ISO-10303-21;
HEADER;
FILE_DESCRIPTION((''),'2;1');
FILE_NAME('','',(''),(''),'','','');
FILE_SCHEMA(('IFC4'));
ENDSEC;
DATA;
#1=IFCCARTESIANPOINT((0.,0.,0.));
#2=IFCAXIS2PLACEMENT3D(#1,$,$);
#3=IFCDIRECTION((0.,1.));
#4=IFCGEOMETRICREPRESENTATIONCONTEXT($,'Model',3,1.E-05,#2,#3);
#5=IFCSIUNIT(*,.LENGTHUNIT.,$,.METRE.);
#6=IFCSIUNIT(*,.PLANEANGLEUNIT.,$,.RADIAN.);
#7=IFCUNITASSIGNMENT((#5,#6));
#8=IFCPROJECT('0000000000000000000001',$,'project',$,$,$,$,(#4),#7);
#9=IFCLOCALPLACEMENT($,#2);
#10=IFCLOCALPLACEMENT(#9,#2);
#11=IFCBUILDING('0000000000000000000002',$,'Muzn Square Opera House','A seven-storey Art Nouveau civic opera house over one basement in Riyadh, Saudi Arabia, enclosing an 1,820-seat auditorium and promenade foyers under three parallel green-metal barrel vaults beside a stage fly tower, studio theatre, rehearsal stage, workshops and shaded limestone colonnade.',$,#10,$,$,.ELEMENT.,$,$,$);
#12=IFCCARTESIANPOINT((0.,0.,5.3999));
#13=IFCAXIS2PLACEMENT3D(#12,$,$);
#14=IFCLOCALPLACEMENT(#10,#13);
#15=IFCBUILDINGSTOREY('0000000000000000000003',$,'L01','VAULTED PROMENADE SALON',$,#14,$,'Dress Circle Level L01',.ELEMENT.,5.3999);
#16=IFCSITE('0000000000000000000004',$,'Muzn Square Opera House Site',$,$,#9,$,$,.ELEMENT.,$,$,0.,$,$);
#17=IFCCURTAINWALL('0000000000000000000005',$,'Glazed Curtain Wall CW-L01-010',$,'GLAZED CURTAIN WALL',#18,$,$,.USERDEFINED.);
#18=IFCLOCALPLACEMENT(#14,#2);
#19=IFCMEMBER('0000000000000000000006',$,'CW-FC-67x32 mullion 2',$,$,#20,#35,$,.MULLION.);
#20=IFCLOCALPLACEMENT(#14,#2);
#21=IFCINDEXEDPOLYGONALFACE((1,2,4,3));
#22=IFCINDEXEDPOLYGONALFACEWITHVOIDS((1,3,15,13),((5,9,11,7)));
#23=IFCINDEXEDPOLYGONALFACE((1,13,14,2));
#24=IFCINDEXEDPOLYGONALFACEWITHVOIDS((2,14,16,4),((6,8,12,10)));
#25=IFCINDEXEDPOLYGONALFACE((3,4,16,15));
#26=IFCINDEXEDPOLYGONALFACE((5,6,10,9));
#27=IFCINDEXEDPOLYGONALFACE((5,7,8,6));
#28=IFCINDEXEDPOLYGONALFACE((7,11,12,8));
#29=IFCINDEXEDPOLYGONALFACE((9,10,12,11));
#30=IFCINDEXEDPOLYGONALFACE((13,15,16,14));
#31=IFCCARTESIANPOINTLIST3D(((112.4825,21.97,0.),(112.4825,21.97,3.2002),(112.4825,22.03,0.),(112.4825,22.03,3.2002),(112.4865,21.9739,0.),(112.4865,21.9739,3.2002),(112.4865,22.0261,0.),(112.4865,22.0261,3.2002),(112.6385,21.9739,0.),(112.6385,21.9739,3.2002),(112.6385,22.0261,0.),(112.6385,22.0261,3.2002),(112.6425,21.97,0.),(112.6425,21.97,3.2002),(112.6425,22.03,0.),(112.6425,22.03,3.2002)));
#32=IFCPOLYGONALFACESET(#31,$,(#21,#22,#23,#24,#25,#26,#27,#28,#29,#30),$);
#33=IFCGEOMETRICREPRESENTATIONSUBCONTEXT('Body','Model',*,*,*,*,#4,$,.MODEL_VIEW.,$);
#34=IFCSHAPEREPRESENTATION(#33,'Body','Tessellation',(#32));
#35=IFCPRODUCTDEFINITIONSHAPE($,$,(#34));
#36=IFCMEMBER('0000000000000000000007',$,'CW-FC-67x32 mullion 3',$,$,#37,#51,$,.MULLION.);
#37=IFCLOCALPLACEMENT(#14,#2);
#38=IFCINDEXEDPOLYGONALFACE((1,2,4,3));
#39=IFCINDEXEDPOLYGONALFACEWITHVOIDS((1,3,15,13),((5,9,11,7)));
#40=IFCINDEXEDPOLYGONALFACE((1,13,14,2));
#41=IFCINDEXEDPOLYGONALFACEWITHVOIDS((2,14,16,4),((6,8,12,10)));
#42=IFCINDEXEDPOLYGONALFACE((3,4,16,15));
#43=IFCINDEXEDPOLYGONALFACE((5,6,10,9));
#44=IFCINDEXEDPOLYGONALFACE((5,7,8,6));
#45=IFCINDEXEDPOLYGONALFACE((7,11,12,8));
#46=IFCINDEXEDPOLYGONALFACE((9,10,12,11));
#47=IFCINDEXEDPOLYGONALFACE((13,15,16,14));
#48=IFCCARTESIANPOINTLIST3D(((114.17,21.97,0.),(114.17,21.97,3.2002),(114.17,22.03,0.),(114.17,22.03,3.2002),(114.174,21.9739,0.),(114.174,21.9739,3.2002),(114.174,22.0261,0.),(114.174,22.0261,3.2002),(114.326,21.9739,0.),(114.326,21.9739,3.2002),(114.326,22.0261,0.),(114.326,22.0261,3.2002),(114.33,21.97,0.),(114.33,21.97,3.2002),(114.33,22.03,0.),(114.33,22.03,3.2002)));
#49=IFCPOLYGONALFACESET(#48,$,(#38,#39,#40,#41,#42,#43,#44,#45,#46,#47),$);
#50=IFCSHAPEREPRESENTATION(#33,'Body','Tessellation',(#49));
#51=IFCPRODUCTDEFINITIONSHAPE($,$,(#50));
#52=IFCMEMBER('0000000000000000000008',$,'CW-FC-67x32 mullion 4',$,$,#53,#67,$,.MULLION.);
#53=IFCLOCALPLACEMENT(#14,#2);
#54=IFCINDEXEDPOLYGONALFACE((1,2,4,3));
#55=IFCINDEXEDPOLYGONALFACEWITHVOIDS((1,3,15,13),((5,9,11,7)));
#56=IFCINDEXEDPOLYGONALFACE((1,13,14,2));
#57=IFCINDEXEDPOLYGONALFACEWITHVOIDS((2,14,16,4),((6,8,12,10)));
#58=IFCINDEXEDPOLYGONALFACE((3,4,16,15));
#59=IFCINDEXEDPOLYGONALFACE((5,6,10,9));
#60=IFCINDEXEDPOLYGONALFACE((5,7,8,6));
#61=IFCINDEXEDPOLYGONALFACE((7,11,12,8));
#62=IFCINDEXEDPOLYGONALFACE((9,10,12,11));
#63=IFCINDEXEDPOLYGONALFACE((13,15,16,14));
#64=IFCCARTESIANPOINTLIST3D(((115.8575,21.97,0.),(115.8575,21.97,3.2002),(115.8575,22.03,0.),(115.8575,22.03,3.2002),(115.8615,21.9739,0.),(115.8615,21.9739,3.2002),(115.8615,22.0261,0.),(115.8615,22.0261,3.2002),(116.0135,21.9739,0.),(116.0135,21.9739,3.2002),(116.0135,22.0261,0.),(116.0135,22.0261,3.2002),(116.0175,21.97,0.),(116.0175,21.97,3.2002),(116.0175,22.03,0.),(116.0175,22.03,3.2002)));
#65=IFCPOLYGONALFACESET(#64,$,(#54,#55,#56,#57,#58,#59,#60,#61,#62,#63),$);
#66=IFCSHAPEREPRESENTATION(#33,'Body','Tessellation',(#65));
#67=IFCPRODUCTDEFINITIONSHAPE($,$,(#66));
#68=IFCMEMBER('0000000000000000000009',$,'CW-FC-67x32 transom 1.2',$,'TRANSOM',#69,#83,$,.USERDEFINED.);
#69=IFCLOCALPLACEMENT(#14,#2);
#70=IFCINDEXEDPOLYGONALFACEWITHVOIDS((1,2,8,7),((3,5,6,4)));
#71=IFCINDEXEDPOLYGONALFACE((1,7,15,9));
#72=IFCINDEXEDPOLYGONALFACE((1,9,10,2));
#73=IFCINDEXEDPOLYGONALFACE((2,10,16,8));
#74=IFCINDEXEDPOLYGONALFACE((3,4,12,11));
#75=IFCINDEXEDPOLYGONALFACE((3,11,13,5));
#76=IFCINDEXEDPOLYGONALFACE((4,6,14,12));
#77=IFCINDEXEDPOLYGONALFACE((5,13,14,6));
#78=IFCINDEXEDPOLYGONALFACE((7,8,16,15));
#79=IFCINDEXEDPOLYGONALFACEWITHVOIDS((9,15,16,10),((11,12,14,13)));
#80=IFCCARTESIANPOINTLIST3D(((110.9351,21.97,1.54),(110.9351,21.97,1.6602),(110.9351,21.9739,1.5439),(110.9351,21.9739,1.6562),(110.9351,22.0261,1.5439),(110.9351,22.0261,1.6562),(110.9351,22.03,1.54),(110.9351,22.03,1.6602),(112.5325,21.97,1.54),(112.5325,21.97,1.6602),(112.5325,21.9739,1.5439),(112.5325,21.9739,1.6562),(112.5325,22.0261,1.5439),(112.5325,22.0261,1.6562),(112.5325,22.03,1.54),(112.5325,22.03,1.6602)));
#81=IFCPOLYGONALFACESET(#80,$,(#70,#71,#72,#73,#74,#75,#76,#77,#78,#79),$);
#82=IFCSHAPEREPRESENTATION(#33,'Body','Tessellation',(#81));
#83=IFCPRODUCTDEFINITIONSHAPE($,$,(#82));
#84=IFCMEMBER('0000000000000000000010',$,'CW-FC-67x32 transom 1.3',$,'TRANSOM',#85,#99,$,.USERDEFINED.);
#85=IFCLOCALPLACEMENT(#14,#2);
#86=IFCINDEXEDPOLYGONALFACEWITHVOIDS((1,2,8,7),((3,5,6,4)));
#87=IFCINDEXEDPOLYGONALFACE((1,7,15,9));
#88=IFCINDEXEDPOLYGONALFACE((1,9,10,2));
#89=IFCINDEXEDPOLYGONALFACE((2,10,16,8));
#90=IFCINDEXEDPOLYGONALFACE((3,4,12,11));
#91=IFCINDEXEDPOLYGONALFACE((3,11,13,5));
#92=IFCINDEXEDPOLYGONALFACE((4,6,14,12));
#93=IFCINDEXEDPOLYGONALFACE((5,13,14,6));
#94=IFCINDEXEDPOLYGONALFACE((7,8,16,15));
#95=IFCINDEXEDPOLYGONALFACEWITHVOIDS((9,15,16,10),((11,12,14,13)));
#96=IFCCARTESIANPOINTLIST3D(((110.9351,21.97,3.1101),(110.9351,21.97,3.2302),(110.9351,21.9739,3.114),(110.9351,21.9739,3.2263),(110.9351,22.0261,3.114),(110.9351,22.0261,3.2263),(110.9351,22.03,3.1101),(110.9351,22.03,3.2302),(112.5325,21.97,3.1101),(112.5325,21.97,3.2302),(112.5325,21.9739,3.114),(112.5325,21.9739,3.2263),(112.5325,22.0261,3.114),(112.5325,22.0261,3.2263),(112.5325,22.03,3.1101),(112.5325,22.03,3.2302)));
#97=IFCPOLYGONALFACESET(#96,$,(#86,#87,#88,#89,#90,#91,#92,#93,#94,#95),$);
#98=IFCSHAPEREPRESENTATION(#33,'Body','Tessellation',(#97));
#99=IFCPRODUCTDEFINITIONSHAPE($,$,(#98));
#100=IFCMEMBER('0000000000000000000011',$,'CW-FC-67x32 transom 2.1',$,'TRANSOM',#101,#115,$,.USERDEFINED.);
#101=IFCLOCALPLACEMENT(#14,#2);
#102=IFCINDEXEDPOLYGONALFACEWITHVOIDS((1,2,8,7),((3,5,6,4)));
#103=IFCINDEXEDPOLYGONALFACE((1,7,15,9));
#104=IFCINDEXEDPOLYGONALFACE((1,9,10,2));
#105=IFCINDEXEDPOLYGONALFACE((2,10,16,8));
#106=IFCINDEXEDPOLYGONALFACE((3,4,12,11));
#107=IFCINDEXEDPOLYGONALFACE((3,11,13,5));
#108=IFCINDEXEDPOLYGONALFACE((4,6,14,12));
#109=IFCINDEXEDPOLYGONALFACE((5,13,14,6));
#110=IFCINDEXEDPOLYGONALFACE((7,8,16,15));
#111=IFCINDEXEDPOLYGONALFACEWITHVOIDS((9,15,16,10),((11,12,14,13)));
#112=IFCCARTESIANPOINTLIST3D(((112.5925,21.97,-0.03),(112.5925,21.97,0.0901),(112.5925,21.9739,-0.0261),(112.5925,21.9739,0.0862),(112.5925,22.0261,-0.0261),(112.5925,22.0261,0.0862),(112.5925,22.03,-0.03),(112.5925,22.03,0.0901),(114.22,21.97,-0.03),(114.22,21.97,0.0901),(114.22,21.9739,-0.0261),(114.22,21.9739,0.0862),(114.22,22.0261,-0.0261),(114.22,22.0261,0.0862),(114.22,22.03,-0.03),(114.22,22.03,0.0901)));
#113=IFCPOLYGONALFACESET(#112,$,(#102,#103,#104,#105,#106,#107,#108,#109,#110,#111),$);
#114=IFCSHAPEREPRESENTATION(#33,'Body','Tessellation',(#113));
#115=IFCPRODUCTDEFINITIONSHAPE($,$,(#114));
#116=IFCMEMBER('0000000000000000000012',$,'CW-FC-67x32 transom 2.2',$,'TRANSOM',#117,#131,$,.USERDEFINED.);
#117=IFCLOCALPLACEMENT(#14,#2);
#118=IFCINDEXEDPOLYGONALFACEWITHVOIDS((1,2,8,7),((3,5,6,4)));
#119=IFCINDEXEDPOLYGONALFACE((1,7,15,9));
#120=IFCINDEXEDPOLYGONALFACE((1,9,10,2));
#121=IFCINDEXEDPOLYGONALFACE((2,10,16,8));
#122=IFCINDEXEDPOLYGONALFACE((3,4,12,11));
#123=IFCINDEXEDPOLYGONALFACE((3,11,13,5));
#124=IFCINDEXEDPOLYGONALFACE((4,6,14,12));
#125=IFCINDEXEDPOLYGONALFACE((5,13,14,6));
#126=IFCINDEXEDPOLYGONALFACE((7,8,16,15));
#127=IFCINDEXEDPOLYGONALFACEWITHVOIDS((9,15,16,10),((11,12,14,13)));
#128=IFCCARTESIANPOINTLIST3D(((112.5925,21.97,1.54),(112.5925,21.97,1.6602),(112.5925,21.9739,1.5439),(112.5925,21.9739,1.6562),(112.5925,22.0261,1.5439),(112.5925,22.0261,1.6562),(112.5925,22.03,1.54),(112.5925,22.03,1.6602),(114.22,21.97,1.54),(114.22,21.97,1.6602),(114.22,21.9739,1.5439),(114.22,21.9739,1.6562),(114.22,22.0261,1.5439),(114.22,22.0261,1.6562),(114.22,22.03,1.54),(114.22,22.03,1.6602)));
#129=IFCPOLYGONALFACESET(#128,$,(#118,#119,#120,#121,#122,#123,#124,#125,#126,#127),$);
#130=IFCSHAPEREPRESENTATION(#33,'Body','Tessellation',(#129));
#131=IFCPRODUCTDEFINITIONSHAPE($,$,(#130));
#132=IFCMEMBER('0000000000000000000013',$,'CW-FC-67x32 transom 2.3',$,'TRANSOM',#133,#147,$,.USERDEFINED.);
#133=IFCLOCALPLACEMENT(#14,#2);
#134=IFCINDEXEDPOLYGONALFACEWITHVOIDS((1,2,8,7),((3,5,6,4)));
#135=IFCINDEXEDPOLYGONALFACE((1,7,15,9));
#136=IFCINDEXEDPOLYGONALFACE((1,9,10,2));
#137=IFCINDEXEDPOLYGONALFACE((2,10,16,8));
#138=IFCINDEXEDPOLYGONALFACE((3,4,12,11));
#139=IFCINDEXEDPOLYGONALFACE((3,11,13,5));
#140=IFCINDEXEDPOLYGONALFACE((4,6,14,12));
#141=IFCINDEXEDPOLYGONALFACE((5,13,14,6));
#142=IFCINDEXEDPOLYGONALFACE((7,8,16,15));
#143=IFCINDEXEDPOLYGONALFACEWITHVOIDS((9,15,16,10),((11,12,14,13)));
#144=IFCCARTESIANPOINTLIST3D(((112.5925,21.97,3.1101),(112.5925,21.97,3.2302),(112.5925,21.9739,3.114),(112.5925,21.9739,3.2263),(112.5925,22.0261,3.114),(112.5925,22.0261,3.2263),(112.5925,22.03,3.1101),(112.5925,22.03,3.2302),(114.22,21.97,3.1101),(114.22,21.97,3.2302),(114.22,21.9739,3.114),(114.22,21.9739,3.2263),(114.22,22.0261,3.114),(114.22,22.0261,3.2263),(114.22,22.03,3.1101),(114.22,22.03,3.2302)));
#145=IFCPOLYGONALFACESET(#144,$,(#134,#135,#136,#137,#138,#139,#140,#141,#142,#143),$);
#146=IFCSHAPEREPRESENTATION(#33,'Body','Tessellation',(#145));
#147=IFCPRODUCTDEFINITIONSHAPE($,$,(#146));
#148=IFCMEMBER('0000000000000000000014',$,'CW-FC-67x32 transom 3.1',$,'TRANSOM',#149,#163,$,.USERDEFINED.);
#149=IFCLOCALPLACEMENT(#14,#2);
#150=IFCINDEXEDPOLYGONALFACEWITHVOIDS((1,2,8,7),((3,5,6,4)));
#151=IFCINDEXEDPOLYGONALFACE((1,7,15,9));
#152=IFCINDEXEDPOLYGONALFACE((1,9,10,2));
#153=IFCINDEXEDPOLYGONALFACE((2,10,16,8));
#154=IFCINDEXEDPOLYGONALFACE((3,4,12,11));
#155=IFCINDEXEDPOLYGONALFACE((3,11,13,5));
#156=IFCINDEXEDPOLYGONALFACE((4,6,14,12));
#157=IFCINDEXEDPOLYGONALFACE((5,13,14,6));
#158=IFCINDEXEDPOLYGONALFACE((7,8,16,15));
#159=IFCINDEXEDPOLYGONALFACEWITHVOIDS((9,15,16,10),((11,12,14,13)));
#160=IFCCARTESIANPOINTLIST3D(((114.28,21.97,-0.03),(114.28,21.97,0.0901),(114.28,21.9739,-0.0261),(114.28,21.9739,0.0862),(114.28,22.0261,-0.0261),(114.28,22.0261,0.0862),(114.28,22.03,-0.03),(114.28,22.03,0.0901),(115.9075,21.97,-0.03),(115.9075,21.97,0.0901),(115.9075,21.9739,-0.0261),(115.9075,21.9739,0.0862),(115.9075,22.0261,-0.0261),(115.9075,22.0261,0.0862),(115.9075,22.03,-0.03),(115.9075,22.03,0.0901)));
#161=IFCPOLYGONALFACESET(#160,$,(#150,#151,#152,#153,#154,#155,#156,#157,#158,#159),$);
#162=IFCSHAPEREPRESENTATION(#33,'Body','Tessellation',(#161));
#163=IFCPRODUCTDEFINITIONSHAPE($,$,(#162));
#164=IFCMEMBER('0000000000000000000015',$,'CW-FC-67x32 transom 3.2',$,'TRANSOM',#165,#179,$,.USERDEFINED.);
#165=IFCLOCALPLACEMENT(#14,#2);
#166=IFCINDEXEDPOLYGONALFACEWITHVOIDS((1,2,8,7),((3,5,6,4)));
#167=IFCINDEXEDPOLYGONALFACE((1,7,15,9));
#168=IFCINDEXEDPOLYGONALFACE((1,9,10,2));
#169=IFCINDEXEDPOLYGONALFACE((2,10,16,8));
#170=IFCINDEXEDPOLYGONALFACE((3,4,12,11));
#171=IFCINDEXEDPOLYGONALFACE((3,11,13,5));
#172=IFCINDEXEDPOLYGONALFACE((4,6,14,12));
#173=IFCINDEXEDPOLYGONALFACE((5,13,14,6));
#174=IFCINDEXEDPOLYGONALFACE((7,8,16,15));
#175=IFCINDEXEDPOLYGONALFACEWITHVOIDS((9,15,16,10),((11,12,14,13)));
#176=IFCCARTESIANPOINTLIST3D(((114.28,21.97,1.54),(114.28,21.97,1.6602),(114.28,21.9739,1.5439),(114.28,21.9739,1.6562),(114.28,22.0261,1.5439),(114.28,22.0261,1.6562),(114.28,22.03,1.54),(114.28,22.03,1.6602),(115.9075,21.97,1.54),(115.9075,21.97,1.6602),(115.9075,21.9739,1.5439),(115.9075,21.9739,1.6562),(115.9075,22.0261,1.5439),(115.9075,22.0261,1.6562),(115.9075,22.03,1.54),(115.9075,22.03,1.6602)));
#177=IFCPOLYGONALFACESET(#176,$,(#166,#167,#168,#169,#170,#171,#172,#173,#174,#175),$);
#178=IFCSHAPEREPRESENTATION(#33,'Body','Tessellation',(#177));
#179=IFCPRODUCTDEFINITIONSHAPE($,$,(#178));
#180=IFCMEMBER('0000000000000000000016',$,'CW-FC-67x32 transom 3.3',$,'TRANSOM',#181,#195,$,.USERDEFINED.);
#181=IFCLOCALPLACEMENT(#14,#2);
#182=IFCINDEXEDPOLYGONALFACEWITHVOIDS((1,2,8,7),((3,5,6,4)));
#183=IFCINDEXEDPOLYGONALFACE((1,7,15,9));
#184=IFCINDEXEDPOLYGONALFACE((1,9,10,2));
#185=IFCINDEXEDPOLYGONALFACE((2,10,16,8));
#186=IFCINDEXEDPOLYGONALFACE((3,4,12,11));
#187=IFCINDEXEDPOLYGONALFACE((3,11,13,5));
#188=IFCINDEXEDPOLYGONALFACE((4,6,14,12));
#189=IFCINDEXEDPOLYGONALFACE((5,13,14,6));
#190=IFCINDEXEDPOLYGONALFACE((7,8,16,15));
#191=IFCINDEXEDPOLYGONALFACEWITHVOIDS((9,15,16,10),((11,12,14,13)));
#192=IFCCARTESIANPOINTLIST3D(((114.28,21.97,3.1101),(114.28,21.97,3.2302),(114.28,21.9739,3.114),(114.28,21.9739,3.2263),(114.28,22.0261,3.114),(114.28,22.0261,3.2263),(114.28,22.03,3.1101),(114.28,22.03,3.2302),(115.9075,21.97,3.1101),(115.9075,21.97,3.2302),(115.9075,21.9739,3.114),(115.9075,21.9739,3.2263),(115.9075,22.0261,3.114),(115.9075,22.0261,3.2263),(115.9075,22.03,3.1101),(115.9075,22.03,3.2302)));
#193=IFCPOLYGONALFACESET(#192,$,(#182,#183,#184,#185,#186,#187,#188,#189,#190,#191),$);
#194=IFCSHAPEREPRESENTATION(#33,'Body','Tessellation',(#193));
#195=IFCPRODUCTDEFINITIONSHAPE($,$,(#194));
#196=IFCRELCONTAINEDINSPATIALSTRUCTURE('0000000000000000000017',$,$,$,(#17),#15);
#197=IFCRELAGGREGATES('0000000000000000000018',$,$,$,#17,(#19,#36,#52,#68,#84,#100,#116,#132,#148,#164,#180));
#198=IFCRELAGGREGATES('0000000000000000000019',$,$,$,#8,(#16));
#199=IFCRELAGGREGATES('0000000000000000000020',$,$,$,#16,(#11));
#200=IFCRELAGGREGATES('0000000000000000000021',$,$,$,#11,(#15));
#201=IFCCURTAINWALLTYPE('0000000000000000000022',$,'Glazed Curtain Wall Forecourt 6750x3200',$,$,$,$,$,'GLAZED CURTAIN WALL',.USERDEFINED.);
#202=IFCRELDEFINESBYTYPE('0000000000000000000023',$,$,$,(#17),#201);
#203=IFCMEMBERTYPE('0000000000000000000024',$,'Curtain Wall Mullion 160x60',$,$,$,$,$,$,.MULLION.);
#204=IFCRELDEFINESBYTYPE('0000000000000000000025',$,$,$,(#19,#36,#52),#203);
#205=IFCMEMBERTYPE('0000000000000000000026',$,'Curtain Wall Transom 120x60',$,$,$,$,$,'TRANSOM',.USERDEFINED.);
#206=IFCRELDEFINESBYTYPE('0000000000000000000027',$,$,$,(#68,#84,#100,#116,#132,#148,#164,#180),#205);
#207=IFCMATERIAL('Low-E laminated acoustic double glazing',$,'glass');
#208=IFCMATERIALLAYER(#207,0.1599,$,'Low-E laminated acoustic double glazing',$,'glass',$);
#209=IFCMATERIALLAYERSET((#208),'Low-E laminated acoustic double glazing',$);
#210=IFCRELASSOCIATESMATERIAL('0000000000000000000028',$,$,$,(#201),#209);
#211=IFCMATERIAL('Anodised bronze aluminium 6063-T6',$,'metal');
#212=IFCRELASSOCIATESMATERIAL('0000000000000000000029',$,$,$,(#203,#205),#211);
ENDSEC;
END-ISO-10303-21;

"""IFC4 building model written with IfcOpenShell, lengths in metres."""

from ifc_helpers import new_model, si_unit, direction, frame, origin, origin_2d, place, context, subcontext, project, spatial, hollow_rectangle, extrude, material, layer, layer_set, material_profile, profile_set, type_object, element, aggregate, save


model = new_model("IFC4")

# Units and contexts
model_context = context("Model", 3, precision=1e-05, world=origin(), true_north=direction((0.0, 1.0)))
body_context = subcontext(model_context, "Body", "Model", "MODEL_VIEW")
ifc_project = project(units=[si_unit("LENGTHUNIT", "METRE"), si_unit("PLANEANGLEUNIT", "RADIAN")], contexts=[model_context])

# Site, building, storey
site_placement = place(None, origin())
site = spatial("IfcSite", under=ifc_project, at=site_placement, Name="Muzn Square Opera House Site", CompositionType="ELEMENT", RefElevation=0.0)
building_placement = place(site_placement, origin())
building = spatial("IfcBuilding", under=site, at=building_placement, Name="Muzn Square Opera House", Description="A seven-storey Art Nouveau civic opera house over one basement in Riyadh, Saudi Arabia, enclosing an 1,820-seat auditorium and promenade foyers under three parallel green-metal barrel vaults beside a stage fly tower, studio theatre, rehearsal stage, workshops and shaded limestone colonnade.", CompositionType="ELEMENT")
storey_placement = place(building_placement, frame((0.0, 0.0, 5.3999)))
storey = spatial("IfcBuildingStorey", under=building, at=storey_placement, Name="L01", Description="VAULTED PROMENADE SALON", LongName="Dress Circle Level L01", CompositionType="ELEMENT", Elevation=5.3999)

# Curtain wall, members
ifc_material_1 = material(Name="Low-E laminated acoustic double glazing", Category="glass")
ifc_layer_1 = layer(ifc_material_1, 0.1599, Name="Low-E laminated acoustic double glazing", Category="glass")
ifc_layer_set_1 = layer_set([ifc_layer_1], Name="Low-E laminated acoustic double glazing")
curtain_wall_type = type_object("IfcCurtainWallType", Name="Glazed Curtain Wall Forecourt 6750x3200", ElementType="GLAZED CURTAIN WALL", PredefinedType="USERDEFINED", material=ifc_layer_set_1)
curtain_wall_placement = place(storey_placement, origin())
curtain_wall = element("IfcCurtainWall", 1, at=curtain_wall_placement, inside=storey, type_object=curtain_wall_type, Name="Glazed Curtain Wall CW-L01-010", ObjectType="GLAZED CURTAIN WALL", PredefinedType="USERDEFINED")
ifc_material_2 = material(Name="Anodised bronze aluminium 6063-T6", Category="metal")
ifc_material_profile_1 = material_profile(ifc_material_2, hollow_rectangle(XDim=0.0601, YDim=0.1599, WallThickness=0.0039, at=origin_2d()), Name="ALU 160x60x4", Category="metal")
ifc_profile_set_1 = profile_set([ifc_material_profile_1], Name="Anodised bronze aluminium 6063-T6")
member_type_1 = type_object("IfcMemberType", Name="Curtain Wall Mullion 160x60", PredefinedType="MULLION", material=ifc_profile_set_1)
member_1_placement = place(storey_placement, frame((112.5625, 22.0, 0.0), z_axis=(0.0, 0.0, 1.0), x_axis=(0.0, 1.0, 0.0)))
member_1 = element("IfcMember", 2, at=member_1_placement, type_object=member_type_1, Name="CW-FC-67x32 mullion 2", PredefinedType="MULLION", context=body_context, shape_type="SweptSolid", body=[
    extrude(hollow_rectangle(XDim=0.0601, YDim=0.1599, WallThickness=0.0039, at=origin_2d()), origin(), (0.0, 0.0, 1.0), 3.2002),
])
member_2_placement = place(storey_placement, frame((114.25, 22.0, 0.0), z_axis=(0.0, 0.0, 1.0), x_axis=(0.0, 1.0, 0.0)))
member_2 = element("IfcMember", 3, at=member_2_placement, type_object=member_type_1, Name="CW-FC-67x32 mullion 3", PredefinedType="MULLION", context=body_context, shape_type="SweptSolid", body=[
    extrude(hollow_rectangle(XDim=0.0601, YDim=0.1599, WallThickness=0.0039, at=origin_2d()), origin(), (0.0, 0.0, 1.0), 3.2002),
])
member_3_placement = place(storey_placement, frame((115.9375, 22.0, 0.0), z_axis=(0.0, 0.0, 1.0), x_axis=(0.0, 1.0, 0.0)))
member_3 = element("IfcMember", 4, at=member_3_placement, type_object=member_type_1, Name="CW-FC-67x32 mullion 4", PredefinedType="MULLION", context=body_context, shape_type="SweptSolid", body=[
    extrude(hollow_rectangle(XDim=0.0601, YDim=0.1599, WallThickness=0.0039, at=origin_2d()), origin(), (0.0, 0.0, 1.0), 3.2002),
])
ifc_material_profile_2 = material_profile(ifc_material_2, hollow_rectangle(XDim=0.0601, YDim=0.1201, WallThickness=0.0039, at=origin_2d()), Name="ALU 120x60x4", Category="metal")
ifc_profile_set_2 = profile_set([ifc_material_profile_2], Name="Anodised bronze aluminium 6063-T6")
member_type_2 = type_object("IfcMemberType", Name="Curtain Wall Transom 120x60", ElementType="TRANSOM", PredefinedType="USERDEFINED", material=ifc_profile_set_2)
member_4_placement = place(storey_placement, frame((110.9351, 22.0, 1.6001), z_axis=(1.0, 0.0, 0.0), x_axis=(0.0, 1.0, 0.0)))
member_4 = element("IfcMember", 5, at=member_4_placement, type_object=member_type_2, Name="CW-FC-67x32 transom 1.2", ObjectType="TRANSOM", PredefinedType="USERDEFINED", context=body_context, shape_type="SweptSolid", body=[
    extrude(hollow_rectangle(XDim=0.0601, YDim=0.1201, WallThickness=0.0039, at=origin_2d()), origin(), (0.0, 0.0, 1.0), 1.5974),
])
member_5_placement = place(storey_placement, frame((110.9351, 22.0, 3.1702), z_axis=(1.0, 0.0, 0.0), x_axis=(0.0, 1.0, 0.0)))
member_5 = element("IfcMember", 6, at=member_5_placement, type_object=member_type_2, Name="CW-FC-67x32 transom 1.3", ObjectType="TRANSOM", PredefinedType="USERDEFINED", context=body_context, shape_type="SweptSolid", body=[
    extrude(hollow_rectangle(XDim=0.0601, YDim=0.1201, WallThickness=0.0039, at=origin_2d()), origin(), (0.0, 0.0, 1.0), 1.5974),
])
member_6_placement = place(storey_placement, frame((112.5925, 22.0, 0.03), z_axis=(1.0, 0.0, 0.0), x_axis=(0.0, 1.0, 0.0)))
member_6 = element("IfcMember", 7, at=member_6_placement, type_object=member_type_2, Name="CW-FC-67x32 transom 2.1", ObjectType="TRANSOM", PredefinedType="USERDEFINED", context=body_context, shape_type="SweptSolid", body=[
    extrude(hollow_rectangle(XDim=0.0601, YDim=0.1201, WallThickness=0.0039, at=origin_2d()), origin(), (0.0, 0.0, 1.0), 1.6274),
])
member_7_placement = place(storey_placement, frame((112.5925, 22.0, 1.6001), z_axis=(1.0, 0.0, 0.0), x_axis=(0.0, 1.0, 0.0)))
member_7 = element("IfcMember", 8, at=member_7_placement, type_object=member_type_2, Name="CW-FC-67x32 transom 2.2", ObjectType="TRANSOM", PredefinedType="USERDEFINED", context=body_context, shape_type="SweptSolid", body=[
    extrude(hollow_rectangle(XDim=0.0601, YDim=0.1201, WallThickness=0.0039, at=origin_2d()), origin(), (0.0, 0.0, 1.0), 1.6274),
])
member_8_placement = place(storey_placement, frame((112.5925, 22.0, 3.1702), z_axis=(1.0, 0.0, 0.0), x_axis=(0.0, 1.0, 0.0)))
member_8 = element("IfcMember", 9, at=member_8_placement, type_object=member_type_2, Name="CW-FC-67x32 transom 2.3", ObjectType="TRANSOM", PredefinedType="USERDEFINED", context=body_context, shape_type="SweptSolid", body=[
    extrude(hollow_rectangle(XDim=0.0601, YDim=0.1201, WallThickness=0.0039, at=origin_2d()), origin(), (0.0, 0.0, 1.0), 1.6274),
])
member_9_placement = place(storey_placement, frame((114.28, 22.0, 0.03), z_axis=(1.0, 0.0, 0.0), x_axis=(0.0, 1.0, 0.0)))
member_9 = element("IfcMember", 10, at=member_9_placement, type_object=member_type_2, Name="CW-FC-67x32 transom 3.1", ObjectType="TRANSOM", PredefinedType="USERDEFINED", context=body_context, shape_type="SweptSolid", body=[
    extrude(hollow_rectangle(XDim=0.0601, YDim=0.1201, WallThickness=0.0039, at=origin_2d()), origin(), (0.0, 0.0, 1.0), 1.6274),
])
member_10_placement = place(storey_placement, frame((114.28, 22.0, 1.6001), z_axis=(1.0, 0.0, 0.0), x_axis=(0.0, 1.0, 0.0)))
member_10 = element("IfcMember", 11, at=member_10_placement, type_object=member_type_2, Name="CW-FC-67x32 transom 3.2", ObjectType="TRANSOM", PredefinedType="USERDEFINED", context=body_context, shape_type="SweptSolid", body=[
    extrude(hollow_rectangle(XDim=0.0601, YDim=0.1201, WallThickness=0.0039, at=origin_2d()), origin(), (0.0, 0.0, 1.0), 1.6274),
])
member_11_placement = place(storey_placement, frame((114.28, 22.0, 3.1702), z_axis=(1.0, 0.0, 0.0), x_axis=(0.0, 1.0, 0.0)))
member_11 = element("IfcMember", 12, at=member_11_placement, type_object=member_type_2, Name="CW-FC-67x32 transom 3.3", ObjectType="TRANSOM", PredefinedType="USERDEFINED", context=body_context, shape_type="SweptSolid", body=[
    extrude(hollow_rectangle(XDim=0.0601, YDim=0.1201, WallThickness=0.0039, at=origin_2d()), origin(), (0.0, 0.0, 1.0), 1.6274),
])
aggregate(curtain_wall, [member_1, member_2, member_3, member_4, member_5, member_6, member_7, member_8, member_9, member_10, member_11])

save(model, "model.ifc")
